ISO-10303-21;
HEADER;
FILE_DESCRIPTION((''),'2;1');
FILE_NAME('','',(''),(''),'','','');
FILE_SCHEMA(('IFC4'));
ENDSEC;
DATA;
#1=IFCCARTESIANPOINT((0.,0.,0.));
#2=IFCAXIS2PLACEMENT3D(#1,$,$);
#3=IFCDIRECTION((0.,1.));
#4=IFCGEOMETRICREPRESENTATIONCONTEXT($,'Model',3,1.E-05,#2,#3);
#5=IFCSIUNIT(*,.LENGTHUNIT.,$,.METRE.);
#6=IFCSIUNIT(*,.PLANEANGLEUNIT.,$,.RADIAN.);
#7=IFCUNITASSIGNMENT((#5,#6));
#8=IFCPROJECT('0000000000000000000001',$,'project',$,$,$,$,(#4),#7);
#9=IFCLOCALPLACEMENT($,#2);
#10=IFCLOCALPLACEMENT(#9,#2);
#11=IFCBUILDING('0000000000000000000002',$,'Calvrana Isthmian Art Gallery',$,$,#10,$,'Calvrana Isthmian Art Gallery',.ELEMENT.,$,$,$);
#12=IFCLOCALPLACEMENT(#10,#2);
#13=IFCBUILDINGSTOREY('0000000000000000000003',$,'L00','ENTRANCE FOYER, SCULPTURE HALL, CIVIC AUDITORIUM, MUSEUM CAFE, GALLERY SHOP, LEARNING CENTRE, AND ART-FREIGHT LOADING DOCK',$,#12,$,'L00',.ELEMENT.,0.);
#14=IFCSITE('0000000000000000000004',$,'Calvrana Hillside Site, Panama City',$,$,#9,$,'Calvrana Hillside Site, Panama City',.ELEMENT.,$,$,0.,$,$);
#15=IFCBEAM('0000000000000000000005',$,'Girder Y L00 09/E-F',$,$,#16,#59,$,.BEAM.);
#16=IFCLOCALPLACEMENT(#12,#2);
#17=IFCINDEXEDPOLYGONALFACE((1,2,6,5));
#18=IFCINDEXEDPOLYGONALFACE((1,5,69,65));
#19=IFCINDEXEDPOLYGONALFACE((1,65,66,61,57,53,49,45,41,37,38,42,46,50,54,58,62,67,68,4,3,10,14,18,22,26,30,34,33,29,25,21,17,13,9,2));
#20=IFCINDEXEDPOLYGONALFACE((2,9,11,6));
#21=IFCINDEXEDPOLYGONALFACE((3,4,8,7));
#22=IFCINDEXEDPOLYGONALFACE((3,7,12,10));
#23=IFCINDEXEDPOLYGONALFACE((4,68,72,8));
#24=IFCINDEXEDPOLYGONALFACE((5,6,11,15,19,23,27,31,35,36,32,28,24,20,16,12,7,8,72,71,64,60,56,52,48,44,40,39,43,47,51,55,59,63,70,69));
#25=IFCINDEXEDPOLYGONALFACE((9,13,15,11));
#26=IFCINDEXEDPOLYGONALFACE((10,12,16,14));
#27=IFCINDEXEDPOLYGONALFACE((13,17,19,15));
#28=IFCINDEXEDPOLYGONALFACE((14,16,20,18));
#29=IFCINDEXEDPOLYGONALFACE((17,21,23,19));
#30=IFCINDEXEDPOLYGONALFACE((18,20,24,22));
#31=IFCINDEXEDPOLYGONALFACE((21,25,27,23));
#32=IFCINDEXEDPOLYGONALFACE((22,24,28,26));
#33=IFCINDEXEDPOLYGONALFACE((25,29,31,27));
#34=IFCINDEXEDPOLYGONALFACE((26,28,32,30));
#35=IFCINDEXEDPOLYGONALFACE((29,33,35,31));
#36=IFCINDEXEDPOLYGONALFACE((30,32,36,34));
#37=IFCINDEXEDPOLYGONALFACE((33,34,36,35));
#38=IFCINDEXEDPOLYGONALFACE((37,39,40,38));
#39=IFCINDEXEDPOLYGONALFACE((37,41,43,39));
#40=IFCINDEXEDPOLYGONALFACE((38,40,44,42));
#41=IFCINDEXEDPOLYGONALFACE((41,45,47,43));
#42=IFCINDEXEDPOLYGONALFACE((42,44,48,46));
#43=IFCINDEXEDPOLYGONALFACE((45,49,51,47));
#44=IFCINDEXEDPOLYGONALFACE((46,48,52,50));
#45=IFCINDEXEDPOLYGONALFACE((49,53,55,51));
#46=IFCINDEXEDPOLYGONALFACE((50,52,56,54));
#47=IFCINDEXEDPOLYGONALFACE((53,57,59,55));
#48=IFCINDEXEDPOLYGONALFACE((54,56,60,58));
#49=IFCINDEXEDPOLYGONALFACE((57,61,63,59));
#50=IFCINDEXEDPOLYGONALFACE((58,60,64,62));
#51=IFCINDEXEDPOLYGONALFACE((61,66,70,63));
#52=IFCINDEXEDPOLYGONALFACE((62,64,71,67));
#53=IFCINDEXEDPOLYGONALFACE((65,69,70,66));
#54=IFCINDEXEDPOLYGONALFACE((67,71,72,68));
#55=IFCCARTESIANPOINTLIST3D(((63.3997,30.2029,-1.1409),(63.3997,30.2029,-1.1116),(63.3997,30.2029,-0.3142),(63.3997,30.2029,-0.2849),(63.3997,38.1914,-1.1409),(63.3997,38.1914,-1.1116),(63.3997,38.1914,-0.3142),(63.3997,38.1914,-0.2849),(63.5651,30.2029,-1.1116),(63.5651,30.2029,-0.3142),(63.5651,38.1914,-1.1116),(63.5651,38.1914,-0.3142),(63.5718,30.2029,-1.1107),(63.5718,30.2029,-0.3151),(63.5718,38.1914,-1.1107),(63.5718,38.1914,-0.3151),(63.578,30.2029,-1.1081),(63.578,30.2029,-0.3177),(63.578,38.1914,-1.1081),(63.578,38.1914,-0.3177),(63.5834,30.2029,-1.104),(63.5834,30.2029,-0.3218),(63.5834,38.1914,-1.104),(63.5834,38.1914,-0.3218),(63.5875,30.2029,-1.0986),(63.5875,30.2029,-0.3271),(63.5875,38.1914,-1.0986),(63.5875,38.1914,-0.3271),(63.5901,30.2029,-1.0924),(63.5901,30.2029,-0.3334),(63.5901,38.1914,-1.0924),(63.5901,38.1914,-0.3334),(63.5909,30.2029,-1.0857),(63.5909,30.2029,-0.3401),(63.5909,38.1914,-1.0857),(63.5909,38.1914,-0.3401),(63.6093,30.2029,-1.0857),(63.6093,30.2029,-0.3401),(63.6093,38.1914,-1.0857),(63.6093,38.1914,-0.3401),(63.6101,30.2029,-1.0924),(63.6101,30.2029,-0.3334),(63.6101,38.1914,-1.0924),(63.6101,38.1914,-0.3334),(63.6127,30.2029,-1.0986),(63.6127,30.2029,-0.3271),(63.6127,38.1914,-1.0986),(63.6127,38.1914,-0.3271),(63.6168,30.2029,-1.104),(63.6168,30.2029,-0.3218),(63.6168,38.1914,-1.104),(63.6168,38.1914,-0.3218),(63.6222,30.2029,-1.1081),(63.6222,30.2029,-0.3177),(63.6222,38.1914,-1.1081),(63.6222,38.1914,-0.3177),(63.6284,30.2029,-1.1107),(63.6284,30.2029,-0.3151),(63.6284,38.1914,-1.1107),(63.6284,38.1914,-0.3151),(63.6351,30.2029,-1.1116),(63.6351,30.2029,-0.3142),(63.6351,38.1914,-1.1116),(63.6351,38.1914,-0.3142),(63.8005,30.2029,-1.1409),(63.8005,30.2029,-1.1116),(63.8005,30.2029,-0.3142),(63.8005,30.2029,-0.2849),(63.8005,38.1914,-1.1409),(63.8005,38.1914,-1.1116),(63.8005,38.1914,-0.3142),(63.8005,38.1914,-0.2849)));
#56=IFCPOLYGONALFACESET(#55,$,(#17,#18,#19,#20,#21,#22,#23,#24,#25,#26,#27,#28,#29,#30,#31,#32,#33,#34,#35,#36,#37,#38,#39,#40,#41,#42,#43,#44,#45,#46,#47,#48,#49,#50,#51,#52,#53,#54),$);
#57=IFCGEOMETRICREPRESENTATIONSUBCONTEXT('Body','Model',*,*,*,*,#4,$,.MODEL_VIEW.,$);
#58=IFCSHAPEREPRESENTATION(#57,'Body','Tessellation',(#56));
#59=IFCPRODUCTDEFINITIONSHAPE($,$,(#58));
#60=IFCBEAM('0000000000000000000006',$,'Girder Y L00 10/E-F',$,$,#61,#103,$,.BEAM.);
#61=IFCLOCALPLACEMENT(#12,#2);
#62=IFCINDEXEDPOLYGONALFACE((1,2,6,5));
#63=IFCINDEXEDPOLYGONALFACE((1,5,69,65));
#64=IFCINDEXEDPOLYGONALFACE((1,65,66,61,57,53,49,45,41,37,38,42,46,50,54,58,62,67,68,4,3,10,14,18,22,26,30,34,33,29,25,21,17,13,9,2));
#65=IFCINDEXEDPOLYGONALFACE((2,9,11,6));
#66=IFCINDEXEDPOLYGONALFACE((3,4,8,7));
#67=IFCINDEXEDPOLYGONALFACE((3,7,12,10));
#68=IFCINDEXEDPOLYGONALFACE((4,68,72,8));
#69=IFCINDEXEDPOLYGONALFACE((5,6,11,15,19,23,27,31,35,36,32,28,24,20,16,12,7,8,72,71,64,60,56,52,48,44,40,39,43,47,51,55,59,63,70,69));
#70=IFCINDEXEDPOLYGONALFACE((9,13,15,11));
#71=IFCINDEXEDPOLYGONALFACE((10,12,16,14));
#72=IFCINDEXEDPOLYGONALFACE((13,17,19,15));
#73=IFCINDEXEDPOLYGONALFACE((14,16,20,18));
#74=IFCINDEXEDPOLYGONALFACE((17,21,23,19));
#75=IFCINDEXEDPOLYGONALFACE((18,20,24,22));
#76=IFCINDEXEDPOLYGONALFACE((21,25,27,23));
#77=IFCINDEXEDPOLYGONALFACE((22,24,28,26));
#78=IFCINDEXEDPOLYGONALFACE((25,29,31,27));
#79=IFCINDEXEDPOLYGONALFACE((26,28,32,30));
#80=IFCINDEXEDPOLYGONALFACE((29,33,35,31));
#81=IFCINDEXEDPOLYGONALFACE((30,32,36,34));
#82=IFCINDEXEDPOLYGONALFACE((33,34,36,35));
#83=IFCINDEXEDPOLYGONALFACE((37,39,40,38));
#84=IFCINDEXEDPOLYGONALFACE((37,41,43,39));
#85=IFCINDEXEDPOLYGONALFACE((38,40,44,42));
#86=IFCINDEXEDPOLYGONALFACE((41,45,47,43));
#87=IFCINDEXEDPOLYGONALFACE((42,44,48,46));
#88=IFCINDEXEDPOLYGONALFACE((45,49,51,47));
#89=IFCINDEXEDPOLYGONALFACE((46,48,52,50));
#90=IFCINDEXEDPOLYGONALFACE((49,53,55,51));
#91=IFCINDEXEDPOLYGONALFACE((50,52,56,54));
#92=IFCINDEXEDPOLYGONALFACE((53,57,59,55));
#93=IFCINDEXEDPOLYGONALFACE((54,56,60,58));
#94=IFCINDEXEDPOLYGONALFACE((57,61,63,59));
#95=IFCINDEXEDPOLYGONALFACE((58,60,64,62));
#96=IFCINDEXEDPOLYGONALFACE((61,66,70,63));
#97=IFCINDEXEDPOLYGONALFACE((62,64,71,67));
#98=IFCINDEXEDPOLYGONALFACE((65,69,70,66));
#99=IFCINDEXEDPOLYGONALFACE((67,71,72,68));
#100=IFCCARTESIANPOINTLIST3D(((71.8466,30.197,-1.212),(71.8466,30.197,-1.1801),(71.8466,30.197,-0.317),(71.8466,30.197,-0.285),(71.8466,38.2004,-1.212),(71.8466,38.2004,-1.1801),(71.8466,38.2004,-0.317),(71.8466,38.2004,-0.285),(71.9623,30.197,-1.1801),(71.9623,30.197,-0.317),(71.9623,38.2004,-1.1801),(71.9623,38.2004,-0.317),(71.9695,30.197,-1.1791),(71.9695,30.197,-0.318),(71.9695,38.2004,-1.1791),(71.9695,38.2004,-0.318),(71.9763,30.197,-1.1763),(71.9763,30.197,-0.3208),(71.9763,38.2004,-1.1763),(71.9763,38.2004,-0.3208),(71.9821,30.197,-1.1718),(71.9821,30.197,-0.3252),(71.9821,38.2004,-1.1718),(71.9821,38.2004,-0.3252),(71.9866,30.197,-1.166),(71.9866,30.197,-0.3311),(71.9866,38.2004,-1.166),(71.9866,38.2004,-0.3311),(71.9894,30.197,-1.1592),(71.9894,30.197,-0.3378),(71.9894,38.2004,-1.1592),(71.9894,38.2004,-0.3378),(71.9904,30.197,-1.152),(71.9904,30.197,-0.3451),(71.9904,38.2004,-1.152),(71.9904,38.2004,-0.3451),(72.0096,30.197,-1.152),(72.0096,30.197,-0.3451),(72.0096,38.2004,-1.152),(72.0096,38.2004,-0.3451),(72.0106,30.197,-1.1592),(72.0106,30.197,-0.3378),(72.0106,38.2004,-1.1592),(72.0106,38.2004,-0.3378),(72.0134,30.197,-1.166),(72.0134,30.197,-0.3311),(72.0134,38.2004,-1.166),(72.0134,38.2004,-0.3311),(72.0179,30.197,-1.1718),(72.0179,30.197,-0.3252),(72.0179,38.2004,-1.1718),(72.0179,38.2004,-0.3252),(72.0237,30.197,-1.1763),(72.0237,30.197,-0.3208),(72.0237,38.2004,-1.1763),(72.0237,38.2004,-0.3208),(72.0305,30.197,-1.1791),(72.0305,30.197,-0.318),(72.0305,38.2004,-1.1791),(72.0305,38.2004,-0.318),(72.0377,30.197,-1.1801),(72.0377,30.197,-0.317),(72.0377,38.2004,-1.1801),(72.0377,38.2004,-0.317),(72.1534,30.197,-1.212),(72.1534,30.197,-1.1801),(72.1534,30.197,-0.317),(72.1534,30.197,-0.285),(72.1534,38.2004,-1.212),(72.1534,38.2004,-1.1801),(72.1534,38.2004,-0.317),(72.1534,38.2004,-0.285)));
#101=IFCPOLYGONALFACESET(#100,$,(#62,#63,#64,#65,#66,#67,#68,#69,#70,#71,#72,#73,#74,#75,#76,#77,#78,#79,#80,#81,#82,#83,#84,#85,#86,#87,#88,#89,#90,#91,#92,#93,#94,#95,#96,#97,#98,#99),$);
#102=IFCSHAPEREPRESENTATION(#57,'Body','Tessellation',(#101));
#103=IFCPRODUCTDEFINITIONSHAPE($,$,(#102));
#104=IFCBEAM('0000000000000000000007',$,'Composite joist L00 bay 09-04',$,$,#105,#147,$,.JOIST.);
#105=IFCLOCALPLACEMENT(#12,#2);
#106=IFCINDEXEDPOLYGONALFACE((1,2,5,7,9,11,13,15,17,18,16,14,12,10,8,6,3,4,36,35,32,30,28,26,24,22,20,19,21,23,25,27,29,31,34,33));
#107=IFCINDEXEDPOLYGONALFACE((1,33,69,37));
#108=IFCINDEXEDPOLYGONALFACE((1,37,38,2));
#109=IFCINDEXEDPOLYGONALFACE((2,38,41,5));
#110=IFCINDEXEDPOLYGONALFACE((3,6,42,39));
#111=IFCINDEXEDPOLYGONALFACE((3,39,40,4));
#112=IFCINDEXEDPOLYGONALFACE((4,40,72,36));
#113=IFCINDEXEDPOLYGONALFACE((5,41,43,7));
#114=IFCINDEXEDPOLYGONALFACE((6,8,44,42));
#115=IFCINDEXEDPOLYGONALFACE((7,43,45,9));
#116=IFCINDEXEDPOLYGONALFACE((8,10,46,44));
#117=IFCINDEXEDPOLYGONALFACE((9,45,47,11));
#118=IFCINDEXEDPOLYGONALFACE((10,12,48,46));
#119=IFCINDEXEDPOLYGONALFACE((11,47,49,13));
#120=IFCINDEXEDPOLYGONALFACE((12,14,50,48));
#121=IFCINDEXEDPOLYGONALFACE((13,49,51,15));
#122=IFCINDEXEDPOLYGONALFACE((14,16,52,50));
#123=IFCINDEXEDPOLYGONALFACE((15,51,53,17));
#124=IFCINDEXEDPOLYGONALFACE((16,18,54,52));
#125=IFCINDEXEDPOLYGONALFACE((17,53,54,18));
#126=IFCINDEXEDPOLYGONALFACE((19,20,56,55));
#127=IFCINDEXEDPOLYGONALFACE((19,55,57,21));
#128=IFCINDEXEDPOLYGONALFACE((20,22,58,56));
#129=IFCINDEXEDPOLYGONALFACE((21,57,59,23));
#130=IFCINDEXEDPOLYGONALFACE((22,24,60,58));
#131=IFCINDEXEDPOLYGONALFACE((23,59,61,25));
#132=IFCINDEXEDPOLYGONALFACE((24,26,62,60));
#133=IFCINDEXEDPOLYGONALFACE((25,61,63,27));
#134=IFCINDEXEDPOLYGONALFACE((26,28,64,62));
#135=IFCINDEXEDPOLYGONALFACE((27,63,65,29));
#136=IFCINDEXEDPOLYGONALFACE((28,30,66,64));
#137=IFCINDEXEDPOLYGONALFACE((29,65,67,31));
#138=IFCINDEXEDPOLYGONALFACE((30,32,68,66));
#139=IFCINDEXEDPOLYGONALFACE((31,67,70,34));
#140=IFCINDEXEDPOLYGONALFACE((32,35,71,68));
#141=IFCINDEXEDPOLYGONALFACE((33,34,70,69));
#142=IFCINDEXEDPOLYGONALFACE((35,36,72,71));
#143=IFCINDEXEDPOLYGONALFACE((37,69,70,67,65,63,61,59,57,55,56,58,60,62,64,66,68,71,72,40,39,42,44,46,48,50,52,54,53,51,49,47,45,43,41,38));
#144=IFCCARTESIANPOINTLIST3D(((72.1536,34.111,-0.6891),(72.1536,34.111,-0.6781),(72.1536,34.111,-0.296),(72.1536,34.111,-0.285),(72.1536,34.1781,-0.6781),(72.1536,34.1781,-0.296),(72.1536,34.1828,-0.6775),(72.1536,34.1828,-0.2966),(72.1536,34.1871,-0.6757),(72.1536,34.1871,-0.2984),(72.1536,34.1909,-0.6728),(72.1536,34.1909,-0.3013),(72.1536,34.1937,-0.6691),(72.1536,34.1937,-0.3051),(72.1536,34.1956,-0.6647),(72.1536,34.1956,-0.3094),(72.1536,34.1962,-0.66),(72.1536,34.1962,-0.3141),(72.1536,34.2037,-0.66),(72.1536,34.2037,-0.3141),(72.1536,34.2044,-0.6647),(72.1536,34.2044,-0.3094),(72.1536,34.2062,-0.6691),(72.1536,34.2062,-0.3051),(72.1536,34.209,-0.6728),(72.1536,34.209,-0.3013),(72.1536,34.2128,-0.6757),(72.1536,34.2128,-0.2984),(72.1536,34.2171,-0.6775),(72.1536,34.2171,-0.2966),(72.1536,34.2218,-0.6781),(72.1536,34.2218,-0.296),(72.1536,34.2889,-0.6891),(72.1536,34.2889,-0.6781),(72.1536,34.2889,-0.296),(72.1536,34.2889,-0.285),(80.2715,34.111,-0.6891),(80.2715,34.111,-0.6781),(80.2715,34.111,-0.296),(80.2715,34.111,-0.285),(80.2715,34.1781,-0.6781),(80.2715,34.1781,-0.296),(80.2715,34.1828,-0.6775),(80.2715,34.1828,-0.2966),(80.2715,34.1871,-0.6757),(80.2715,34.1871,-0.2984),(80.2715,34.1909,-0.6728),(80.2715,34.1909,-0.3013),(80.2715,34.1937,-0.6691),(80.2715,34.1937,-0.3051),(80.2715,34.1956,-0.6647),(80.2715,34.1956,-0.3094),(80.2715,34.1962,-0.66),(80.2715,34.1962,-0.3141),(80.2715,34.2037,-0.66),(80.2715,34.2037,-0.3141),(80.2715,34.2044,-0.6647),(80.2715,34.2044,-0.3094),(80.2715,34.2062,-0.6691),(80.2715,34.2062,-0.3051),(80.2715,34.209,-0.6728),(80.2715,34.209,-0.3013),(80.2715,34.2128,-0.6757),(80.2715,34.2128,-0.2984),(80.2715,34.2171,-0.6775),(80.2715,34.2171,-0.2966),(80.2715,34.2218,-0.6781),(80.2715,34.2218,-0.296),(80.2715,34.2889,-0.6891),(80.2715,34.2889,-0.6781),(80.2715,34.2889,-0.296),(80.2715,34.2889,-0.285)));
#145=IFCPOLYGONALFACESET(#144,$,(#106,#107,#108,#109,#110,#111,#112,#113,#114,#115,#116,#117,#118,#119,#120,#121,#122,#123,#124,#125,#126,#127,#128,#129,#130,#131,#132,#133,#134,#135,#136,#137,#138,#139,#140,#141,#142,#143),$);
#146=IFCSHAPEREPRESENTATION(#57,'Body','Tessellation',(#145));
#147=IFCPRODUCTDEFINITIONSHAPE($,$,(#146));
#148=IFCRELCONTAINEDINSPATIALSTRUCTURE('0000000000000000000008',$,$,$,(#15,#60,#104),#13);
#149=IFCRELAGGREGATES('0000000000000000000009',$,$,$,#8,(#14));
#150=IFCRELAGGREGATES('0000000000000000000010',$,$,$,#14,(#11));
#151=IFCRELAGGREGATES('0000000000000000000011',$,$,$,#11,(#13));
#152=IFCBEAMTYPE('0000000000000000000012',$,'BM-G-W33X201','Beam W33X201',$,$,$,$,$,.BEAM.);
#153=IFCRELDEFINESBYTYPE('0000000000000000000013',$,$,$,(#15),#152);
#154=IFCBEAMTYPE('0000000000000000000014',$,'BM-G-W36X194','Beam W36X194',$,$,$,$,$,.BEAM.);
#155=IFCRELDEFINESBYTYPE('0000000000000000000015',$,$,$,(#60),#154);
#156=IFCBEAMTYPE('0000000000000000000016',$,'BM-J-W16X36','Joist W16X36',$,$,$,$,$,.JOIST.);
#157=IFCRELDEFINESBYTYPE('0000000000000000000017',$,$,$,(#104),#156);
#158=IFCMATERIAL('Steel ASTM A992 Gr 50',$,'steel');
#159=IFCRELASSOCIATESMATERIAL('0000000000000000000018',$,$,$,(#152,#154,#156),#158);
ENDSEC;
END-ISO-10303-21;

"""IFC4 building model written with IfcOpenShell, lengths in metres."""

from ifc_helpers import new_model, si_unit, direction, frame, origin, origin_2d, place, context, subcontext, project, spatial, i_section, extrude, material, material_profile, profile_set, type_object, element, save


model = new_model("IFC4")

# Units and contexts
model_context = context("Model", 3, precision=1e-05, world=origin(), true_north=direction((0.0, 1.0)))
body_context = subcontext(model_context, "Body", "Model", "MODEL_VIEW")
ifc_project = project(units=[si_unit("LENGTHUNIT", "METRE"), si_unit("PLANEANGLEUNIT", "RADIAN")], contexts=[model_context])

# Site, building, storey
site_placement = place(None, origin())
site = spatial("IfcSite", under=ifc_project, at=site_placement, Name="Calvrana Hillside Site, Panama City", LongName="Calvrana Hillside Site, Panama City", CompositionType="ELEMENT", RefElevation=0.0)
building_placement = place(site_placement, origin())
building = spatial("IfcBuilding", under=site, at=building_placement, Name="Calvrana Isthmian Art Gallery", LongName="Calvrana Isthmian Art Gallery", CompositionType="ELEMENT")
storey_placement = place(building_placement, origin())
storey = spatial("IfcBuildingStorey", under=building, at=storey_placement, Name="L00", Description="ENTRANCE FOYER, SCULPTURE HALL, CIVIC AUDITORIUM, MUSEUM CAFE, GALLERY SHOP, LEARNING CENTRE, AND ART-FREIGHT LOADING DOCK", LongName="L00", CompositionType="ELEMENT", Elevation=0.0)

# Shared definitions
ifc_material_1 = material(Name="Steel ASTM A992 Gr 50", Category="steel")

# Beams
ifc_material_profile_1 = material_profile(ifc_material_1, i_section(OverallWidth=0.4009, OverallDepth=0.856, WebThickness=0.0183, FlangeThickness=0.0293, FilletRadius=0.0259, at=origin_2d()), Name="W33X201")
ifc_profile_set_1 = profile_set([ifc_material_profile_1], Name="Steel ASTM A992 Gr 50")
beam_type_1 = type_object("IfcBeamType", Name="BM-G-W33X201", Description="Beam W33X201", PredefinedType="BEAM", material=ifc_profile_set_1)
beam_1_placement = place(storey_placement, frame((63.6001, 30.2029, -0.7129), z_axis=(0.0, 1.0, 0.0), x_axis=(-1.0, 0.0, 0.0)))
element("IfcBeam", 1, at=beam_1_placement, inside=storey, type_object=beam_type_1, Name="Girder Y L00 09/E-F", PredefinedType="BEAM", context=body_context, shape_type="SweptSolid", body=[
    extrude(i_section(OverallWidth=0.4009, OverallDepth=0.856, WebThickness=0.0183, FlangeThickness=0.0293, FilletRadius=0.0259, at=origin_2d()), origin(), (0.0, 0.0, 1.0), 7.9885),
])
ifc_material_profile_2 = material_profile(ifc_material_1, i_section(OverallWidth=0.3069, OverallDepth=0.927, WebThickness=0.0193, FlangeThickness=0.032, FilletRadius=0.0281, at=origin_2d()), Name="W36X194")
ifc_profile_set_2 = profile_set([ifc_material_profile_2], Name="Steel ASTM A992 Gr 50")
beam_type_2 = type_object("IfcBeamType", Name="BM-G-W36X194", Description="Beam W36X194", PredefinedType="BEAM", material=ifc_profile_set_2)
beam_2_placement = place(storey_placement, frame((72.0, 30.197, -0.7485), z_axis=(0.0, 1.0, 0.0), x_axis=(-1.0, 0.0, 0.0)))
element("IfcBeam", 2, at=beam_2_placement, inside=storey, type_object=beam_type_2, Name="Girder Y L00 10/E-F", PredefinedType="BEAM", context=body_context, shape_type="SweptSolid", body=[
    extrude(i_section(OverallWidth=0.3069, OverallDepth=0.927, WebThickness=0.0193, FlangeThickness=0.032, FilletRadius=0.0281, at=origin_2d()), origin(), (0.0, 0.0, 1.0), 8.0034),
])
ifc_material_profile_3 = material_profile(ifc_material_1, i_section(OverallWidth=0.178, OverallDepth=0.4041, WebThickness=0.0076, FlangeThickness=0.011, FilletRadius=0.0181, at=origin_2d()), Name="W16X36")
ifc_profile_set_3 = profile_set([ifc_material_profile_3], Name="Steel ASTM A992 Gr 50")
beam_type_3 = type_object("IfcBeamType", Name="BM-J-W16X36", Description="Joist W16X36", PredefinedType="JOIST", material=ifc_profile_set_3)
beam_3_placement = place(storey_placement, frame((72.1536, 34.2, -0.4871), z_axis=(1.0, 0.0, 0.0), x_axis=(0.0, 1.0, 0.0)))
element("IfcBeam", 3, at=beam_3_placement, inside=storey, type_object=beam_type_3, Name="Composite joist L00 bay 09-04", PredefinedType="JOIST", context=body_context, shape_type="SweptSolid", body=[
    extrude(i_section(OverallWidth=0.178, OverallDepth=0.4041, WebThickness=0.0076, FlangeThickness=0.011, FilletRadius=0.0181, at=origin_2d()), origin(), (0.0, 0.0, 1.0), 8.1179),
])

save(model, "model.ifc")
